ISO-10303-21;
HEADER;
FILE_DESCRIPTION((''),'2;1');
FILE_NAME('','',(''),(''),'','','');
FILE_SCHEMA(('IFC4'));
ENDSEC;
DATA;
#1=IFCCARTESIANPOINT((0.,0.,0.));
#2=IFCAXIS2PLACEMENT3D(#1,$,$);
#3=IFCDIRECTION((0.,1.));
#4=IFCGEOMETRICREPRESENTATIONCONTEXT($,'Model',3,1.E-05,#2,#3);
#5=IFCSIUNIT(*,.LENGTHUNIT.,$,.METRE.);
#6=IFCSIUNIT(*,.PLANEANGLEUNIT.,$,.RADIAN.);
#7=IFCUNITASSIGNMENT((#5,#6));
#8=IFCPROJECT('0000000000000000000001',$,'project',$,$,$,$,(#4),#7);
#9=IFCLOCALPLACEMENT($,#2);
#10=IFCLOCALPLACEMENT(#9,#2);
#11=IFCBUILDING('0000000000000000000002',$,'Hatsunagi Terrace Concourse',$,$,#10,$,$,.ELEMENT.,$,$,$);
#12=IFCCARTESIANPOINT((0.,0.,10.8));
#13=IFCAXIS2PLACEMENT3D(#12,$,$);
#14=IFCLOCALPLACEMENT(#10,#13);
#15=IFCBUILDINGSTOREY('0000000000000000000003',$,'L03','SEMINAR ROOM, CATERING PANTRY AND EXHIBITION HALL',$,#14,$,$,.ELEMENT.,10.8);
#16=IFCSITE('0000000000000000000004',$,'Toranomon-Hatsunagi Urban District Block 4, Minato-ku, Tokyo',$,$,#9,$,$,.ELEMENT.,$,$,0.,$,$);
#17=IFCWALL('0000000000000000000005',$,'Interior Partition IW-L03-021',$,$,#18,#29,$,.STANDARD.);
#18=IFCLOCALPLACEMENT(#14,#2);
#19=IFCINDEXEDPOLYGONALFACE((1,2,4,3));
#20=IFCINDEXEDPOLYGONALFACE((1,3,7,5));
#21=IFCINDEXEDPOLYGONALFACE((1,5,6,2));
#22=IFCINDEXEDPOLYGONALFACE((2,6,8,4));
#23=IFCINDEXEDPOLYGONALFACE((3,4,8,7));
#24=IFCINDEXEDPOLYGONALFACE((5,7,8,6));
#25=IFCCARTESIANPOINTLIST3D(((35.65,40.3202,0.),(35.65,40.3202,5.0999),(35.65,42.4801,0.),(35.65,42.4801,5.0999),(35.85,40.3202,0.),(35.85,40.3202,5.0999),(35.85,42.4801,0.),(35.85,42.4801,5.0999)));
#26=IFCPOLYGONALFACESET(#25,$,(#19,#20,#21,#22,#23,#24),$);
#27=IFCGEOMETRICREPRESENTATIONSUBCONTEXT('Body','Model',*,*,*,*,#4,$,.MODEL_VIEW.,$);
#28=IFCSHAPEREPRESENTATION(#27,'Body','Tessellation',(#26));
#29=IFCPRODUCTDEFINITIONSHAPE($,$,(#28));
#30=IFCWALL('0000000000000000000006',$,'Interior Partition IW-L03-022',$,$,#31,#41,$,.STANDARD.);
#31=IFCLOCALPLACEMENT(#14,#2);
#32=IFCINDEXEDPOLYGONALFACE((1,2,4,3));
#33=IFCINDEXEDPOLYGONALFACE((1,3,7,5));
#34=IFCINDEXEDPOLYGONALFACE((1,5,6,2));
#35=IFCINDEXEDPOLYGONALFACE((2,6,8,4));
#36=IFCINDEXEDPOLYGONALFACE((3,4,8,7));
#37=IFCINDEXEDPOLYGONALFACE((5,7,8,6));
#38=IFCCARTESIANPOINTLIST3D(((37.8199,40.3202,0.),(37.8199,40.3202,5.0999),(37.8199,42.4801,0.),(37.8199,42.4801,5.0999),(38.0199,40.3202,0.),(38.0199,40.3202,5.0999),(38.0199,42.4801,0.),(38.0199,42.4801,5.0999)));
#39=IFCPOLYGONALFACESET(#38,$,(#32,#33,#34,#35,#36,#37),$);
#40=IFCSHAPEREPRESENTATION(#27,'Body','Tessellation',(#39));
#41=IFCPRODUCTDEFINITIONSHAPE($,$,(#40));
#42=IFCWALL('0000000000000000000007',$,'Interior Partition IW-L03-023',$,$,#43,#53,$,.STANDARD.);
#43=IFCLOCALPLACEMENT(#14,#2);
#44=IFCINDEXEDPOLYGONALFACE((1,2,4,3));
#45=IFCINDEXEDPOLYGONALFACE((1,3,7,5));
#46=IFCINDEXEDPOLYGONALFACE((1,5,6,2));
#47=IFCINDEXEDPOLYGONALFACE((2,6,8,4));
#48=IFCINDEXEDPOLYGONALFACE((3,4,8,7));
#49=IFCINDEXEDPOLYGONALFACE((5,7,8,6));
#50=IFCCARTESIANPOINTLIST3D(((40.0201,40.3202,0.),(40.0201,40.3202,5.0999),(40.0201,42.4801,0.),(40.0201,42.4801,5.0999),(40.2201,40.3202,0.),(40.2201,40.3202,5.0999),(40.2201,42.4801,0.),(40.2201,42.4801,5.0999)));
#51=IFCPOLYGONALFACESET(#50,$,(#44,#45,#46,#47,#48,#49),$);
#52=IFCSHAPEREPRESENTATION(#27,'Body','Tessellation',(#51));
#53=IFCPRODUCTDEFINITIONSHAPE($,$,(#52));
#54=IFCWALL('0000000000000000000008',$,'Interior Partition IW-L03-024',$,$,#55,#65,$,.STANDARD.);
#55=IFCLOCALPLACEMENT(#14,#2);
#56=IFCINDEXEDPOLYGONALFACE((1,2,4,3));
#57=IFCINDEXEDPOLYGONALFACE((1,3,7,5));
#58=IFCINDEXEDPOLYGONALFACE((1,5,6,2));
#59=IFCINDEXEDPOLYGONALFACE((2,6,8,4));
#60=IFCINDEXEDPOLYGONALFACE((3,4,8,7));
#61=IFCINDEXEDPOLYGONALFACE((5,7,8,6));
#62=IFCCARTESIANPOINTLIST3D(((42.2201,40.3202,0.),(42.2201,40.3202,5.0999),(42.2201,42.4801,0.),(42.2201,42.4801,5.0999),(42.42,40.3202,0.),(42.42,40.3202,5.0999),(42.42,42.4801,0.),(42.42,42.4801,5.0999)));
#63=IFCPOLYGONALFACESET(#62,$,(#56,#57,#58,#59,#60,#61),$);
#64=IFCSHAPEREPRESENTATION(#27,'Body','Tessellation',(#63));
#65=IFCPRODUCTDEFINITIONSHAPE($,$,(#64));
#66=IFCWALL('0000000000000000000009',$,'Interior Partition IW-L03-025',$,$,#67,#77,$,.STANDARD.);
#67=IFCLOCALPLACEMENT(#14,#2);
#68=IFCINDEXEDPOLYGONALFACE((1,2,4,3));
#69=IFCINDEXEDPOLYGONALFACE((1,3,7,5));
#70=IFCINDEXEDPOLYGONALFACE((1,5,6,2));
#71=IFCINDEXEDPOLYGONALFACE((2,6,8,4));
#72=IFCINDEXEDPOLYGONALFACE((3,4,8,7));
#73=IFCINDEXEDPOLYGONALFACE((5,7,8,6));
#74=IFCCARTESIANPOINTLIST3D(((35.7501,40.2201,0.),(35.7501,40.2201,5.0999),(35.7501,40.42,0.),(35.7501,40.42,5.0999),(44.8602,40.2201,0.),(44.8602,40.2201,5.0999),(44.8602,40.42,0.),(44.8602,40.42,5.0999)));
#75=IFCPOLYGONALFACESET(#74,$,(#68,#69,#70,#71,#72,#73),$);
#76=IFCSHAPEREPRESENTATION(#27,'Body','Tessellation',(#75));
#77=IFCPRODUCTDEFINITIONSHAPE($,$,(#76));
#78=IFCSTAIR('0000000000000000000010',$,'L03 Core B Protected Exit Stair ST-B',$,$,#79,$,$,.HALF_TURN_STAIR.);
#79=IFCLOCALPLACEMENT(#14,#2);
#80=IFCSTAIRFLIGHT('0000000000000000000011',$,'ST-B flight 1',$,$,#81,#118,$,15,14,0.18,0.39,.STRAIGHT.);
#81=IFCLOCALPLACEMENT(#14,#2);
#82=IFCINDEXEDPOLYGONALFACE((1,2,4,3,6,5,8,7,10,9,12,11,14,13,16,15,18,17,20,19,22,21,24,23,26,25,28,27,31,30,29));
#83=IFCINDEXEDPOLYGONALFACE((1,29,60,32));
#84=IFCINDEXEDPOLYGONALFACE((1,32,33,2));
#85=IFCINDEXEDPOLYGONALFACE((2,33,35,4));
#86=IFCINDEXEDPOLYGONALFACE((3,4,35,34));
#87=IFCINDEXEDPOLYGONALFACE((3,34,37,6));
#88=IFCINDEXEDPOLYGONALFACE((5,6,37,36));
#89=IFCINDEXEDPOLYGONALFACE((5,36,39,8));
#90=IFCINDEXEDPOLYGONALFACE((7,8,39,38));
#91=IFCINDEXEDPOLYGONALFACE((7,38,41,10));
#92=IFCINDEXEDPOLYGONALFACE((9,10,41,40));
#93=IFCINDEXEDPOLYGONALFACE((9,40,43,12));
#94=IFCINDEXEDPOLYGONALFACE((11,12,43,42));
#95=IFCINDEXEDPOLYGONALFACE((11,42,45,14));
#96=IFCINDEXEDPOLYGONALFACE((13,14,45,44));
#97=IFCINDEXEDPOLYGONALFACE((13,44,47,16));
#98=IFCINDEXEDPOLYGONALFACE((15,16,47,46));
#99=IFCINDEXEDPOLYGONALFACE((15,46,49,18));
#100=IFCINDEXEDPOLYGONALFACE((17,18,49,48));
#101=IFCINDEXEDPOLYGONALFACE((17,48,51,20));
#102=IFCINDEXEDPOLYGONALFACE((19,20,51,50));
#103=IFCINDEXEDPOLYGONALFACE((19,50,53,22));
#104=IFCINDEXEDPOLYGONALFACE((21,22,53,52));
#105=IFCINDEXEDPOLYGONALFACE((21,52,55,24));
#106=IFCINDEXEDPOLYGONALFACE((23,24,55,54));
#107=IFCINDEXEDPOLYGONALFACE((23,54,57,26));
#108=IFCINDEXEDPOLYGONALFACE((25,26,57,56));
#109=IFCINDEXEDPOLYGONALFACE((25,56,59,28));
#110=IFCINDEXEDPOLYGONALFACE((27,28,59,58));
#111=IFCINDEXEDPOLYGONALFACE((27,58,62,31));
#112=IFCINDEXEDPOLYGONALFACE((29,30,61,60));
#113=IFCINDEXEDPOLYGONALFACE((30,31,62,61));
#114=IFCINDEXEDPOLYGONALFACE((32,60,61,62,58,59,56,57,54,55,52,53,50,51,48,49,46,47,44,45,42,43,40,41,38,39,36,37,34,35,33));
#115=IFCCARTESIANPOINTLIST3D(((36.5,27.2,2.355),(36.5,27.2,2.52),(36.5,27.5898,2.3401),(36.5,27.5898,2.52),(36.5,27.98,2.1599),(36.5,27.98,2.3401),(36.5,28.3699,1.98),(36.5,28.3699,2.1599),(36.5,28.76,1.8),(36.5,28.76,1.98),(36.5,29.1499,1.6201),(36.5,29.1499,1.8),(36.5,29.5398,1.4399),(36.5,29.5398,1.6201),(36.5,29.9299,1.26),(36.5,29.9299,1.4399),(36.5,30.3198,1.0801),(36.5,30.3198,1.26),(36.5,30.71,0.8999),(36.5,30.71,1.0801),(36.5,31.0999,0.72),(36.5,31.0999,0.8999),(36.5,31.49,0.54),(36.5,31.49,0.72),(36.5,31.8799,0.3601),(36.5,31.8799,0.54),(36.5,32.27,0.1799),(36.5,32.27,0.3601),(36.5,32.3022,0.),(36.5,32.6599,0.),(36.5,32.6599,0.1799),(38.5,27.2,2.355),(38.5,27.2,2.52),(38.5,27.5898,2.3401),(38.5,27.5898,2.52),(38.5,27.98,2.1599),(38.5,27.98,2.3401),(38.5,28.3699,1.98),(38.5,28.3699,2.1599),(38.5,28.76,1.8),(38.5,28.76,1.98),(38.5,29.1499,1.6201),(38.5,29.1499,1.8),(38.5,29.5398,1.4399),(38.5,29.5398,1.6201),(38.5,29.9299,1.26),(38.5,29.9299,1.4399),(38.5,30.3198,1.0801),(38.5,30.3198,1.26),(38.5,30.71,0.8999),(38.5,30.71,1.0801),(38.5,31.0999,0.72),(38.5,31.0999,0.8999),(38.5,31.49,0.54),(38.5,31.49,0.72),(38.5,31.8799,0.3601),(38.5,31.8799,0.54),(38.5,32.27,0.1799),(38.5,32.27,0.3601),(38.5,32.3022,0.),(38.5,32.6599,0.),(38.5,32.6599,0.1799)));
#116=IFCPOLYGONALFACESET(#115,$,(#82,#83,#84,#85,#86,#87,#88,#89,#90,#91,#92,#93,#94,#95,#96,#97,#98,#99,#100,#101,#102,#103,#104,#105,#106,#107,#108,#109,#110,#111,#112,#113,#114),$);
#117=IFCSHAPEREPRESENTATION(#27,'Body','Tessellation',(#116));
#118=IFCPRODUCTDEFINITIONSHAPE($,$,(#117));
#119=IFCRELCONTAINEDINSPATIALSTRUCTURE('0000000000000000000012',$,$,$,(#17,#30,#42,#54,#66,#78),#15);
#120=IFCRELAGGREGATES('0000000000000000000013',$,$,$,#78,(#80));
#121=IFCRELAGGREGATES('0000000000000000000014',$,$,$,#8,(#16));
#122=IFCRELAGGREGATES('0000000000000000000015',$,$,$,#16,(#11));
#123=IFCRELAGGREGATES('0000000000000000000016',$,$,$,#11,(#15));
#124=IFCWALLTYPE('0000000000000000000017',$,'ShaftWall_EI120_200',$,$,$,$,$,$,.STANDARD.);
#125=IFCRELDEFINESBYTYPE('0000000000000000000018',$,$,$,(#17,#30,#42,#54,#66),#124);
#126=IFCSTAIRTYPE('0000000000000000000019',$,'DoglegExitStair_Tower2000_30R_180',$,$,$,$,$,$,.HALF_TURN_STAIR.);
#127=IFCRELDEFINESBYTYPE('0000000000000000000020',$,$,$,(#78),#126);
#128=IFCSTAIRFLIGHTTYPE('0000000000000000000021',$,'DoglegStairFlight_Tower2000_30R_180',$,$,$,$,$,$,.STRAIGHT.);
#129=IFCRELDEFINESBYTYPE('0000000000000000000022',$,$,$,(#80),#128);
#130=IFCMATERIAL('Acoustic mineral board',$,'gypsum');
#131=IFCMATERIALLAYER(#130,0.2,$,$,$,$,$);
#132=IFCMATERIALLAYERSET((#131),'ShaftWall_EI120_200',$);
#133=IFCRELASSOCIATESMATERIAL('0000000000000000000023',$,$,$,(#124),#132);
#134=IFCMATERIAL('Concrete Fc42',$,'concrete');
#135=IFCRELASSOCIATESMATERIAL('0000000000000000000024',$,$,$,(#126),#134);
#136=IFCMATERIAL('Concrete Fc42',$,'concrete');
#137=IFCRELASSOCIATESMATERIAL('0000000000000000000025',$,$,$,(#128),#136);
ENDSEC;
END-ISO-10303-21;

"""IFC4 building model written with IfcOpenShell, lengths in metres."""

from ifc_helpers import new_model, si_unit, direction, frame, frame_2d, origin, place, context, subcontext, project, spatial, polyline, rectangle, outline, extrude, material, layer, layer_set, type_object, element, aggregate, save


model = new_model("IFC4")

# Units and contexts
model_context = context("Model", 3, precision=1e-05, world=origin(), true_north=direction((0.0, 1.0)))
body_context = subcontext(model_context, "Body", "Model", "MODEL_VIEW")
ifc_project = project(units=[si_unit("LENGTHUNIT", "METRE"), si_unit("PLANEANGLEUNIT", "RADIAN")], contexts=[model_context])

# Site, building, storey
site_placement = place(None, origin())
site = spatial("IfcSite", under=ifc_project, at=site_placement, Name="Toranomon-Hatsunagi Urban District Block 4, Minato-ku, Tokyo", CompositionType="ELEMENT", RefElevation=0.0)
building_placement = place(site_placement, origin())
building = spatial("IfcBuilding", under=site, at=building_placement, Name="Hatsunagi Terrace Concourse", CompositionType="ELEMENT")
storey_placement = place(building_placement, frame((0.0, 0.0, 10.8)))
storey = spatial("IfcBuildingStorey", under=building, at=storey_placement, Name="L03", Description="SEMINAR ROOM, CATERING PANTRY AND EXHIBITION HALL", CompositionType="ELEMENT", Elevation=10.8)

# Shared definitions
ifc_material_1 = material(Name="Acoustic mineral board", Category="gypsum")
ifc_layer_1 = layer(ifc_material_1, 0.2)
ifc_layer_set_1 = layer_set([ifc_layer_1], Name="ShaftWall_EI120_200")
wall_type_1 = type_object("IfcWallType", Name="ShaftWall_EI120_200", PredefinedType="STANDARD", material=ifc_layer_set_1)

# Walls
for number, where, z_axis, x_axis, name in (
    (1, (35.75, 40.3201, 0.0), (0.0, 0.0, 1.0), (0.0, 1.0, 0.0), "Interior Partition IW-L03-021"),
    (2, (37.9199, 40.3201, 0.0), (0.0, 0.0, 1.0), (0.0, 1.0, 0.0), "Interior Partition IW-L03-022"),
    (3, (40.1201, 40.3201, 0.0), (0.0, 0.0, 1.0), (0.0, 1.0, 0.0), "Interior Partition IW-L03-023"),
    (4, (42.3201, 40.3201, 0.0), (0.0, 0.0, 1.0), (0.0, 1.0, 0.0), "Interior Partition IW-L03-024"),
):
    element("IfcWall", number, at=place(storey_placement, frame(where, z_axis=z_axis, x_axis=x_axis)), inside=storey, type_object=wall_type_1, Name=name, PredefinedType="STANDARD", context=body_context, shape_type="SweptSolid", body=[
        extrude(rectangle(XDim=2.1599, YDim=0.2, at=frame_2d((1.0801, 0.0))), origin(), (0.0, 0.0, 1.0), 5.0999),
    ])
wall_1_placement = place(storey_placement, frame((35.75, 40.3201, 0.0), z_axis=(0.0, 0.0, 1.0), x_axis=(1.0, 0.0, 0.0)))
element("IfcWall", 5, at=wall_1_placement, inside=storey, type_object=wall_type_1, Name="Interior Partition IW-L03-025", PredefinedType="STANDARD", context=body_context, shape_type="SweptSolid", body=[
    extrude(rectangle(XDim=9.1101, YDim=0.2, at=frame_2d((4.5552, 0.0))), origin(), (0.0, 0.0, 1.0), 5.0999),
])

# Stair, stair flight
ifc_material_2 = material(Name="Concrete Fc42", Category="concrete")
stair_type = type_object("IfcStairType", Name="DoglegExitStair_Tower2000_30R_180", PredefinedType="HALF_TURN_STAIR", material=ifc_material_2)
stair_placement = place(storey_placement, origin())
stair = element("IfcStair", 6, at=stair_placement, inside=storey, type_object=stair_type, Name="L03 Core B Protected Exit Stair ST-B", PredefinedType="HALF_TURN_STAIR")
ifc_material_3 = material(Name="Concrete Fc42", Category="concrete")
stair_flight_type = type_object("IfcStairFlightType", Name="DoglegStairFlight_Tower2000_30R_180", PredefinedType="STRAIGHT", material=ifc_material_3)
stair_flight_placement = place(storey_placement, frame((37.5, 32.6599, 0.0), z_axis=(0.0, 0.0, 1.0), x_axis=(0.0, -1.0, 0.0)))
stair_flight = element("IfcStairFlight", 7, at=stair_flight_placement, type_object=stair_flight_type, Name="ST-B flight 1", NumberOfRisers=15, NumberOfTreads=14, PredefinedType="STRAIGHT", RiserHeight=0.18, TreadLength=0.39, context=body_context, shape_type="SweptSolid", body=[
    extrude(outline(polyline([(0.0, 0.0), (0.0, 0.1799), (0.3899, 0.1799), (0.3899, 0.3601), (0.78, 0.3601), (0.78, 0.54), (1.1699, 0.54), (1.1699, 0.72), (1.5601, 0.72), (1.5601, 0.8999), (1.95, 0.8999), (1.95, 1.0801), (2.3401, 1.0801), (2.3401, 1.26), (2.73, 1.26), (2.73, 1.4399), (3.1201, 1.4399), (3.1201, 1.6201), (3.51, 1.6201), (3.51, 1.8), (3.8999, 1.8), (3.8999, 1.98), (4.29, 1.98), (4.29, 2.1599), (4.6799, 2.1599), (4.6799, 2.3401), (5.0701, 2.3401), (5.0701, 2.52), (5.46, 2.52), (5.46, 2.7), (5.46, 2.355), (0.3577, 0.0), (0.0, 0.0)])), frame((0.0, 1.0, 0.0), z_axis=(0.0, -1.0, 0.0), x_axis=(1.0, 0.0, 0.0)), (0.0, 0.0, 1.0), 2.0),
])
aggregate(stair, [stair_flight])

save(model, "model.ifc")
